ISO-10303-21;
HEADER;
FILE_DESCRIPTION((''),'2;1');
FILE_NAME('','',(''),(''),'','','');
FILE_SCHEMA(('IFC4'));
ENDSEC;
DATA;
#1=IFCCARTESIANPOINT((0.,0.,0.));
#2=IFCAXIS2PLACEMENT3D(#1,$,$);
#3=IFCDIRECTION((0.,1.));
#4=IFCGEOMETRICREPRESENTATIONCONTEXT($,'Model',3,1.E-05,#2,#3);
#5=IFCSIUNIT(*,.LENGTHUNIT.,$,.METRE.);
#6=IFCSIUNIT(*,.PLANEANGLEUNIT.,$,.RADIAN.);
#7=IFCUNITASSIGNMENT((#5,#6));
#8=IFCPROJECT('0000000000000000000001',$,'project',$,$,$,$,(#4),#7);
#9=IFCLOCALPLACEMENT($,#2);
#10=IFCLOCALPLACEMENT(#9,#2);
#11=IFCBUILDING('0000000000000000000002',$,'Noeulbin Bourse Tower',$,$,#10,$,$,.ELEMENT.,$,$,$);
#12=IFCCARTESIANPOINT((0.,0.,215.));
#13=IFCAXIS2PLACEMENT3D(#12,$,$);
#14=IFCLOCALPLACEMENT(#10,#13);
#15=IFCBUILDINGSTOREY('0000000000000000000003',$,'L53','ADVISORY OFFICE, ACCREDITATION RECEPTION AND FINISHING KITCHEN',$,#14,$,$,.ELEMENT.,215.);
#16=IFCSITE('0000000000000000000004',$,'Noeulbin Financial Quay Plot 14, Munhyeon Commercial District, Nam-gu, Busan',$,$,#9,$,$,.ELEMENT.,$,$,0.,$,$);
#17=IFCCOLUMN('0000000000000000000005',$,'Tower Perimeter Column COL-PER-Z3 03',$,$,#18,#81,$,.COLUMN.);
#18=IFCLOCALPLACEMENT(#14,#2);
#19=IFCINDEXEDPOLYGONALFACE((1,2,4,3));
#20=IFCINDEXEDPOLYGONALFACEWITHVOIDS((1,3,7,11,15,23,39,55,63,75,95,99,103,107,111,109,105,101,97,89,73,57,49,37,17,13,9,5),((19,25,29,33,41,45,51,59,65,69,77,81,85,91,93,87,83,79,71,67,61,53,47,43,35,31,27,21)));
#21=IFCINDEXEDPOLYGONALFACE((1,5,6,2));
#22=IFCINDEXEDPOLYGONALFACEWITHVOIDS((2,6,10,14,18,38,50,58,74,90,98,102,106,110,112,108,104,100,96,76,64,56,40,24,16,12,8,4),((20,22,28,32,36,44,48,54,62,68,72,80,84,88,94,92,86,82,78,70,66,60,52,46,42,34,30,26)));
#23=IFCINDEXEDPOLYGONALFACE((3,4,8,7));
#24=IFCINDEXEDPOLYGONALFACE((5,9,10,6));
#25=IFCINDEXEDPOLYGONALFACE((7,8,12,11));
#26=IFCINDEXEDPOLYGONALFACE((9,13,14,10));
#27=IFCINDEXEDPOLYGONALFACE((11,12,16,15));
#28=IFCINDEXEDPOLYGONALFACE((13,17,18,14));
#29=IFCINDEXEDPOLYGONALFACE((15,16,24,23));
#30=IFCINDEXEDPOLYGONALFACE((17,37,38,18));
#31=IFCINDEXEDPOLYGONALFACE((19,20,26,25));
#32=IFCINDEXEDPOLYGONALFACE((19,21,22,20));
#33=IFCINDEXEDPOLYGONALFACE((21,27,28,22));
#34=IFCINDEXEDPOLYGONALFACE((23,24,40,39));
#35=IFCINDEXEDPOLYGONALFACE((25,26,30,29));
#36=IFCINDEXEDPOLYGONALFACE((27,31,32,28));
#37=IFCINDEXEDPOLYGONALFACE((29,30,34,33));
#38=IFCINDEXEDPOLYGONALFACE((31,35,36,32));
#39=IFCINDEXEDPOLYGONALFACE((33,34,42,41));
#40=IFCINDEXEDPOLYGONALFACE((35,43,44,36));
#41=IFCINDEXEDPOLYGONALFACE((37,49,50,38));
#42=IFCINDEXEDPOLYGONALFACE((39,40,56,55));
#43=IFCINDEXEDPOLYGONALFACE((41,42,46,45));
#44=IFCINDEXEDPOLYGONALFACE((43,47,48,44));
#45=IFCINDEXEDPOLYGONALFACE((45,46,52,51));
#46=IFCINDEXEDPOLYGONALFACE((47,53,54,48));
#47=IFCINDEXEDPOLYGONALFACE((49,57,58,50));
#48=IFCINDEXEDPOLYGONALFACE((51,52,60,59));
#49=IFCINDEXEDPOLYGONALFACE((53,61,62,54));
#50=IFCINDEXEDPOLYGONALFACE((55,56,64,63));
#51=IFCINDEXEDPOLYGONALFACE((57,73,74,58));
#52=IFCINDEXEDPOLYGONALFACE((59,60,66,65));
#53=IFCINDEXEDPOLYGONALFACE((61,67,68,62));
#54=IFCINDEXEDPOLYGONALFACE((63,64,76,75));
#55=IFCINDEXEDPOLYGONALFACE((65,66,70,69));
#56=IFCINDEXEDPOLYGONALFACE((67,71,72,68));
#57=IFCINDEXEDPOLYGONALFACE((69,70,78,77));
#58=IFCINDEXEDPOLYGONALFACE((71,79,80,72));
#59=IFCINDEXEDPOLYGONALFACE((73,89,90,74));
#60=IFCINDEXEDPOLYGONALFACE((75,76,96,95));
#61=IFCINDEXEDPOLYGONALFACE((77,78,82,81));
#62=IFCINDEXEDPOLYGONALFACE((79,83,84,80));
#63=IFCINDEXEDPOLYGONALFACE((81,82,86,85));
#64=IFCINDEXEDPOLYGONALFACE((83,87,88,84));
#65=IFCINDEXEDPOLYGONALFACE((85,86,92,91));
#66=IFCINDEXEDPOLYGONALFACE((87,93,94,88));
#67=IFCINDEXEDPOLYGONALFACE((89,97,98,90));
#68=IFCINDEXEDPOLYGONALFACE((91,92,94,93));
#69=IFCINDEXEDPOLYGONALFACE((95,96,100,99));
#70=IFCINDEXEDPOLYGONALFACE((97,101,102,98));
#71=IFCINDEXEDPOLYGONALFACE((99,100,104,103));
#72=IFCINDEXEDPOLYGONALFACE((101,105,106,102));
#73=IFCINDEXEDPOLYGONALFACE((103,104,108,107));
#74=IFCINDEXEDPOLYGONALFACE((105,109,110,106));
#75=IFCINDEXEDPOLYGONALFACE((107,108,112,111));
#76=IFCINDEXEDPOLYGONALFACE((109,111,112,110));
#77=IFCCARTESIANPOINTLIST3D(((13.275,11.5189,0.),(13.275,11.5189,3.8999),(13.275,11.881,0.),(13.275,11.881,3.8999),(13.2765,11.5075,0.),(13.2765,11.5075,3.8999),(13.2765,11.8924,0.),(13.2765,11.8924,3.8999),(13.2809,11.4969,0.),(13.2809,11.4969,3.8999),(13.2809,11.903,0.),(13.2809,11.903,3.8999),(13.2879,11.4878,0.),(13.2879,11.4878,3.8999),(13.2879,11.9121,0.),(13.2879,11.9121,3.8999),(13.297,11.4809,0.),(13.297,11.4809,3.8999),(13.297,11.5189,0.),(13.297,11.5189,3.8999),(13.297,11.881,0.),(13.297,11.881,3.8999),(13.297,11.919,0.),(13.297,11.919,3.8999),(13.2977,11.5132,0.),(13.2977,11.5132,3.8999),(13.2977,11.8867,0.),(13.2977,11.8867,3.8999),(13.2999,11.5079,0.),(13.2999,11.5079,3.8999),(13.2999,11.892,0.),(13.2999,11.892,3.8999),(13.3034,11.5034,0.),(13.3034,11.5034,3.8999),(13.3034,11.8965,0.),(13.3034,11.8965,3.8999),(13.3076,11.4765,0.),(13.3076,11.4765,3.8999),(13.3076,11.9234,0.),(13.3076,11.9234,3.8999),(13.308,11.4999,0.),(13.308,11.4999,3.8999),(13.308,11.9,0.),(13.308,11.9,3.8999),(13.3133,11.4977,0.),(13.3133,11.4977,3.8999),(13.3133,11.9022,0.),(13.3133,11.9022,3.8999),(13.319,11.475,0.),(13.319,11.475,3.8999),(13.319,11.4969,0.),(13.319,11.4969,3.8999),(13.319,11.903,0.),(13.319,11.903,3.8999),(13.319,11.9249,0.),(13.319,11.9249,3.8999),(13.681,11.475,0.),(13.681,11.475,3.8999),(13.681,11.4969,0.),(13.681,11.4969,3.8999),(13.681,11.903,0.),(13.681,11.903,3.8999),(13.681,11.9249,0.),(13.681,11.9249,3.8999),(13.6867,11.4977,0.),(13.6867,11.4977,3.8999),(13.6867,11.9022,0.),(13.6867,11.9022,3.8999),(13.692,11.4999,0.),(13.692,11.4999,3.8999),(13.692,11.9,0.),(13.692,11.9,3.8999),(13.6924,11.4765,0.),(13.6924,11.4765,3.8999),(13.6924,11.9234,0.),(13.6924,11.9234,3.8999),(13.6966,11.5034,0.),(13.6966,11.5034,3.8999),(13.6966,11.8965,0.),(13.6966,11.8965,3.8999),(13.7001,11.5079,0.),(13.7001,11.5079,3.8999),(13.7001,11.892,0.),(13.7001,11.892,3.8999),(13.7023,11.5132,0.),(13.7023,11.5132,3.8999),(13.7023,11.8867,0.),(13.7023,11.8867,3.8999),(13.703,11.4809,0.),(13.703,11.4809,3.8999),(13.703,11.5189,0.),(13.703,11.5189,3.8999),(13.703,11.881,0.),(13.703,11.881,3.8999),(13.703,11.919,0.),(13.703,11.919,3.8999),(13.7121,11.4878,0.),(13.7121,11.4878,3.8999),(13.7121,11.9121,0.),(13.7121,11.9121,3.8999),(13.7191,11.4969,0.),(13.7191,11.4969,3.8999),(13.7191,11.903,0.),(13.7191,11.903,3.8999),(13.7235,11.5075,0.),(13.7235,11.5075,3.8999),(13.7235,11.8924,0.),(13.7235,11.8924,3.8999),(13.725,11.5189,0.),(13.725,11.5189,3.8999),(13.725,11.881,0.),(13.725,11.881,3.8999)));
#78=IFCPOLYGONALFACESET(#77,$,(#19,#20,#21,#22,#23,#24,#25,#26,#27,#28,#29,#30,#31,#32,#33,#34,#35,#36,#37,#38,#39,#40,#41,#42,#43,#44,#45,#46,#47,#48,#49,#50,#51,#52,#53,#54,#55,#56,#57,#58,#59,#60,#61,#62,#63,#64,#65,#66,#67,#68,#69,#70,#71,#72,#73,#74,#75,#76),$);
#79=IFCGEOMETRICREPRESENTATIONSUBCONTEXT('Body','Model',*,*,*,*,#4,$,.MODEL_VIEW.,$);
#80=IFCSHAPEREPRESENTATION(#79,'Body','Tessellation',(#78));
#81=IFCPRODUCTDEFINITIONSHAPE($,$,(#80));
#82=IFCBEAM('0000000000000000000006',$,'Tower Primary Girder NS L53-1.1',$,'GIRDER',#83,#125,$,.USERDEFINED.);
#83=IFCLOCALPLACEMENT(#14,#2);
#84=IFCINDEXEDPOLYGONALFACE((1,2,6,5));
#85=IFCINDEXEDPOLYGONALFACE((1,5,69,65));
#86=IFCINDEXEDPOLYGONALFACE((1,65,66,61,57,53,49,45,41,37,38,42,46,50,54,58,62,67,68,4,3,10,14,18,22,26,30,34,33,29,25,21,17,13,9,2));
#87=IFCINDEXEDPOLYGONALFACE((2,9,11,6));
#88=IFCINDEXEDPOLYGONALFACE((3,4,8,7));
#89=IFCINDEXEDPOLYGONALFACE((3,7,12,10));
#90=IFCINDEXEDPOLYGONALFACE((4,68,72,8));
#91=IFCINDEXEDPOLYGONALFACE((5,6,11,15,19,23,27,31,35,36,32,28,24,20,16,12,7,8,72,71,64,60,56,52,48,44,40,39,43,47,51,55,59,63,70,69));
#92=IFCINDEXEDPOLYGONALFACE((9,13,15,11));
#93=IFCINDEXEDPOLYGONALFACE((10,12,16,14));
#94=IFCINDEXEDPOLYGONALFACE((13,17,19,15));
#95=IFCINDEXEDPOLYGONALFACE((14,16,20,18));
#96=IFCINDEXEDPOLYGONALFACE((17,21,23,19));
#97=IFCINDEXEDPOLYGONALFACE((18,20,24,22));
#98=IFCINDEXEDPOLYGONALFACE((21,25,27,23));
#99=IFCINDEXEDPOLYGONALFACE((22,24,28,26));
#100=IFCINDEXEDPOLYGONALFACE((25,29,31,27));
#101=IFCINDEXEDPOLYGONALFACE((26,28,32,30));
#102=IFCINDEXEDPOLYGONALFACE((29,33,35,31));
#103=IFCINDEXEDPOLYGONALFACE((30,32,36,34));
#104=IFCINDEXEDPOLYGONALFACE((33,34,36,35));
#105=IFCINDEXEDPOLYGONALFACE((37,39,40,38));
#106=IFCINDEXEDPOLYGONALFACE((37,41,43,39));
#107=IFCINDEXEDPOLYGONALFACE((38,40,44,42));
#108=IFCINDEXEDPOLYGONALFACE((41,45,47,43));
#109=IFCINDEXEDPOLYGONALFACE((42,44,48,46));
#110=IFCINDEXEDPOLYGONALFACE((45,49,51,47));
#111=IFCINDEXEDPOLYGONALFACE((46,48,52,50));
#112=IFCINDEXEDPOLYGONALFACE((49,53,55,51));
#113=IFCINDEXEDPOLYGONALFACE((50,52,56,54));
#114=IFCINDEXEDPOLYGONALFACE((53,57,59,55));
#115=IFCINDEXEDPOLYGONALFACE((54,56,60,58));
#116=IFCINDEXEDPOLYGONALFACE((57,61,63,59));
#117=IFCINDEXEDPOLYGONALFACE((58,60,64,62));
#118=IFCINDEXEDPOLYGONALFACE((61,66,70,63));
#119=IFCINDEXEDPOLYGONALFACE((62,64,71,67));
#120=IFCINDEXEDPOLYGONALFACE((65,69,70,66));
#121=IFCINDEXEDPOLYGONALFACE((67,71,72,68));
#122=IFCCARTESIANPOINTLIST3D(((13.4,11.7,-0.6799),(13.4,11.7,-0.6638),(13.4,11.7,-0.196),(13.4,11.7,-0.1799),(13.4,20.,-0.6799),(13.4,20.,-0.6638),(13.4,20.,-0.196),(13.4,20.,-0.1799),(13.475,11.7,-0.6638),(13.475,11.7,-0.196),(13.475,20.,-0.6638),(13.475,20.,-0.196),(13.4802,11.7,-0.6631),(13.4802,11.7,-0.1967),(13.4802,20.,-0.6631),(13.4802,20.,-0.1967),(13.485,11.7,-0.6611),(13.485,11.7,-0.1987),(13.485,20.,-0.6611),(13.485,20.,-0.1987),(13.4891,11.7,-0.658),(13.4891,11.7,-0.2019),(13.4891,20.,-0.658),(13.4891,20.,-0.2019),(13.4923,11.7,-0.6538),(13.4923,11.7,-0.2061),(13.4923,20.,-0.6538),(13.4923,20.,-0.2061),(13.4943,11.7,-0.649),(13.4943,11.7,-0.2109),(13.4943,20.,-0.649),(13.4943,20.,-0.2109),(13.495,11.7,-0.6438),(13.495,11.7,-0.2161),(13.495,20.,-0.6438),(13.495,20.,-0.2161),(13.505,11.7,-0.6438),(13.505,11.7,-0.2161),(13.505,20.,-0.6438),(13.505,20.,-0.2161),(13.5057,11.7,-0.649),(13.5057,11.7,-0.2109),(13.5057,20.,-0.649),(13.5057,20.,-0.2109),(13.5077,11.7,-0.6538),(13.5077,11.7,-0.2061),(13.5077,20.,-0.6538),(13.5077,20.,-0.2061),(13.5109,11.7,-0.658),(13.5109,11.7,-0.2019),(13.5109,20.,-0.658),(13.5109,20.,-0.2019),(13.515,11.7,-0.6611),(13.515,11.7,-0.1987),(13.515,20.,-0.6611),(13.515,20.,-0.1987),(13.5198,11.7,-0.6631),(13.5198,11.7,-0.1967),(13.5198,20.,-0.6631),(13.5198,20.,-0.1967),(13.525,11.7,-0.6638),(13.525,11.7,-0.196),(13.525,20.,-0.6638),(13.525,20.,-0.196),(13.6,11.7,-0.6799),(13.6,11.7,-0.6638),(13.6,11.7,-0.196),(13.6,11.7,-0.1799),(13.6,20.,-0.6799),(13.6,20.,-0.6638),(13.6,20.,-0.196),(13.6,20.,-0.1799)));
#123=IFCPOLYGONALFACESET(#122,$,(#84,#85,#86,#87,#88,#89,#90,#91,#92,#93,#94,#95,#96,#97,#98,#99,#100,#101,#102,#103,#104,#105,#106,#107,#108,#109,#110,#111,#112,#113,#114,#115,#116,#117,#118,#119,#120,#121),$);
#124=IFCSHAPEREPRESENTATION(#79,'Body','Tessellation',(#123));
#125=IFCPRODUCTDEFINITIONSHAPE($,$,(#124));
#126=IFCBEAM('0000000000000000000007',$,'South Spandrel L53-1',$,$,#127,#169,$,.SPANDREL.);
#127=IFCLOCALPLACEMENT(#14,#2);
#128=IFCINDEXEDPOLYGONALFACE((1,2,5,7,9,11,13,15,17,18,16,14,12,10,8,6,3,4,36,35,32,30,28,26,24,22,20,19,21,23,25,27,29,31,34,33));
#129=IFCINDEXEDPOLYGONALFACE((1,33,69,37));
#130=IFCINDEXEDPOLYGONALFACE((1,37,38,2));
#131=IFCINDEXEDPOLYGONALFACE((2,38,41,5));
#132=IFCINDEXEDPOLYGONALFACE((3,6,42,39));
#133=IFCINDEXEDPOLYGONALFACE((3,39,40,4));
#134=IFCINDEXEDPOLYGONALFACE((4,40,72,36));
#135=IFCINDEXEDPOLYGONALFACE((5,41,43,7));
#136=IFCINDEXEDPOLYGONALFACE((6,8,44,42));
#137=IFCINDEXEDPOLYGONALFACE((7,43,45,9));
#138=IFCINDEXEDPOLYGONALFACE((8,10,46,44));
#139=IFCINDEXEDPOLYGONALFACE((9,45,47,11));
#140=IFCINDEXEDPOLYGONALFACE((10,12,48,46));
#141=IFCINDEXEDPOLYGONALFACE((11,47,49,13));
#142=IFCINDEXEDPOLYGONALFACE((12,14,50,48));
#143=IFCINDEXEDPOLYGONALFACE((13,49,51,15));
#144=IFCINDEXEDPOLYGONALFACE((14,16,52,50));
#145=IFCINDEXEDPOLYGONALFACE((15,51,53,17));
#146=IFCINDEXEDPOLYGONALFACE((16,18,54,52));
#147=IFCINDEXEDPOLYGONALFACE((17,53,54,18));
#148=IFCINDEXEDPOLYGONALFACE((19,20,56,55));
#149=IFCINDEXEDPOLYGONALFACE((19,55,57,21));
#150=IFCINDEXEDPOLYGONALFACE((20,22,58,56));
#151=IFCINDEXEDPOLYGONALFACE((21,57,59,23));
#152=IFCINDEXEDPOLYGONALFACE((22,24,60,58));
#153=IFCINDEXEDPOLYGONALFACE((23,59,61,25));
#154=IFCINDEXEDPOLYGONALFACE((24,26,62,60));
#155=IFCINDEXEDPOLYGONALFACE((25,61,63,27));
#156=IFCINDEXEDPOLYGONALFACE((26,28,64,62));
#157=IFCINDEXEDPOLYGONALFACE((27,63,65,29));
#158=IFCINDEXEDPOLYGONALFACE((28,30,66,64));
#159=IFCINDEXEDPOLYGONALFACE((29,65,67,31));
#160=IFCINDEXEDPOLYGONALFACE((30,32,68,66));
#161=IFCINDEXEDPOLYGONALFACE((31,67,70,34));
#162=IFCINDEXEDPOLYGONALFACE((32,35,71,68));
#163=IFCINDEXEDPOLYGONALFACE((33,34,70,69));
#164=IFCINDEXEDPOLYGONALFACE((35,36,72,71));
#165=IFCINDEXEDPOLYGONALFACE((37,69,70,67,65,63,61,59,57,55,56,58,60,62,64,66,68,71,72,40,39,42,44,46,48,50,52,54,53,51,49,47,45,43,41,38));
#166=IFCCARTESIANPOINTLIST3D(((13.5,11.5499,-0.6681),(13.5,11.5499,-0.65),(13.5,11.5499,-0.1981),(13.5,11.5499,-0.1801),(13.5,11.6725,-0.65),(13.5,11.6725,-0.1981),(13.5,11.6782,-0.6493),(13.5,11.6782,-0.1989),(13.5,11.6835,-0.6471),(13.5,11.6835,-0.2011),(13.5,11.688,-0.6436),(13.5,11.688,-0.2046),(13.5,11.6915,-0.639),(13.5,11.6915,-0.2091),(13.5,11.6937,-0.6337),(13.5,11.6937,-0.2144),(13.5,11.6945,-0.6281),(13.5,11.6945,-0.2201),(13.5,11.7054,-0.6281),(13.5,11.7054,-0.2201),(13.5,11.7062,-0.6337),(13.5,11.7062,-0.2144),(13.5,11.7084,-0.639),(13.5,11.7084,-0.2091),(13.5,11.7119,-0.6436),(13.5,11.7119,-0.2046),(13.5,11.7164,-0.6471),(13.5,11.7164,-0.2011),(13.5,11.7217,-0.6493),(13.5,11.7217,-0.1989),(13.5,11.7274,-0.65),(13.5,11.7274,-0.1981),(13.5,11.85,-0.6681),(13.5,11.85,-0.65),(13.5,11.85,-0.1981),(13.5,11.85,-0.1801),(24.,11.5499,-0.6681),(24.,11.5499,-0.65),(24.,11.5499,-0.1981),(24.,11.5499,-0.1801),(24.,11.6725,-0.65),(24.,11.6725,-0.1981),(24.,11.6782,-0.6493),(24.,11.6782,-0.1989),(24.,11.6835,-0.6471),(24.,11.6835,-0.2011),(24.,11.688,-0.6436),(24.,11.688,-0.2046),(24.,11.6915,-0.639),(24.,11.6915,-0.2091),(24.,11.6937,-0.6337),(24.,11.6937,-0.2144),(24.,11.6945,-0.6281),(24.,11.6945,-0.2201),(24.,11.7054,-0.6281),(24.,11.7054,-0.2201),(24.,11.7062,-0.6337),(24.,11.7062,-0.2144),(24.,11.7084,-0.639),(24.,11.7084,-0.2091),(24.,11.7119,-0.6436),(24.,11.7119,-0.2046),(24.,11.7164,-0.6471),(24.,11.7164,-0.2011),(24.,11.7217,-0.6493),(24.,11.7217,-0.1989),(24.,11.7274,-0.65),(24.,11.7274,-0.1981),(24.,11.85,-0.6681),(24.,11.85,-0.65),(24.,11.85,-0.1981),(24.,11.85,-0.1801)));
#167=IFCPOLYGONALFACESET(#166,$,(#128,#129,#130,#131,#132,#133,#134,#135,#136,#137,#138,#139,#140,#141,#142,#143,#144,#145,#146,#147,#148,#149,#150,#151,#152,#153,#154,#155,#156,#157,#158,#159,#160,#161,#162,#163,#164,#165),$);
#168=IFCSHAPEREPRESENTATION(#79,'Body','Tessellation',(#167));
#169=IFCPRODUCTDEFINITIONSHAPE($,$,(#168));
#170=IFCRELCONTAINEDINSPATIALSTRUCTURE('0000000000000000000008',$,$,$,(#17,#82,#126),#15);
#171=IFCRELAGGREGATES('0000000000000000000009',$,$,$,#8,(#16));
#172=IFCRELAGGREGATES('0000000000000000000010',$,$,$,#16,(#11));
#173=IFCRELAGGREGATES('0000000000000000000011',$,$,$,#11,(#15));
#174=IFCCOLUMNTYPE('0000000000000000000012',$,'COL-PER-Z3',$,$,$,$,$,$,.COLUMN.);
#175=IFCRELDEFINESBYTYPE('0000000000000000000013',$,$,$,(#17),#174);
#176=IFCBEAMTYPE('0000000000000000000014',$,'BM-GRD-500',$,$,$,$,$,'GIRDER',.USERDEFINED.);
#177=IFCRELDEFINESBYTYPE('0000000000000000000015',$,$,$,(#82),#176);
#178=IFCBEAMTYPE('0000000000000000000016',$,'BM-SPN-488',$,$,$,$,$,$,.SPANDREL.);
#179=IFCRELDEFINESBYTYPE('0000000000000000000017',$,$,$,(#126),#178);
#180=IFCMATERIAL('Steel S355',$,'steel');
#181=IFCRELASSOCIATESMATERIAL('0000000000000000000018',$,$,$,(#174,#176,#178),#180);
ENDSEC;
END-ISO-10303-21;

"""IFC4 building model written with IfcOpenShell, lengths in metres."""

from ifc_helpers import new_model, si_unit, direction, frame, origin, origin_2d, place, context, subcontext, project, spatial, hollow_rectangle, i_section, extrude, material, material_profile, profile_set, type_object, element, save


model = new_model("IFC4")

# Units and contexts
model_context = context("Model", 3, precision=1e-05, world=origin(), true_north=direction((0.0, 1.0)))
body_context = subcontext(model_context, "Body", "Model", "MODEL_VIEW")
ifc_project = project(units=[si_unit("LENGTHUNIT", "METRE"), si_unit("PLANEANGLEUNIT", "RADIAN")], contexts=[model_context])

# Site, building, storey
site_placement = place(None, origin())
site = spatial("IfcSite", under=ifc_project, at=site_placement, Name="Noeulbin Financial Quay Plot 14, Munhyeon Commercial District, Nam-gu, Busan", CompositionType="ELEMENT", RefElevation=0.0)
building_placement = place(site_placement, origin())
building = spatial("IfcBuilding", under=site, at=building_placement, Name="Noeulbin Bourse Tower", CompositionType="ELEMENT")
storey_placement = place(building_placement, frame((0.0, 0.0, 215.0)))
storey = spatial("IfcBuildingStorey", under=building, at=storey_placement, Name="L53", Description="ADVISORY OFFICE, ACCREDITATION RECEPTION AND FINISHING KITCHEN", CompositionType="ELEMENT", Elevation=215.0)

# Column
ifc_material_1 = material(Name="Steel S355", Category="steel")
ifc_material_profile_1 = material_profile(ifc_material_1, hollow_rectangle(XDim=0.45, YDim=0.45, WallThickness=0.022, InnerFilletRadius=0.022, OuterFilletRadius=0.0439, at=origin_2d()), Name="SHS-450x450x22", Category="LoadBearing")
ifc_profile_set_1 = profile_set([ifc_material_profile_1], Name="Steel S355")
column_type = type_object("IfcColumnType", Name="COL-PER-Z3", PredefinedType="COLUMN", material=ifc_profile_set_1)
column_placement = place(storey_placement, frame((13.5, 11.7, 0.0), z_axis=(0.0, 0.0, 1.0), x_axis=(1.0, 0.0, 0.0)))
element("IfcColumn", 1, at=column_placement, inside=storey, type_object=column_type, Name="Tower Perimeter Column COL-PER-Z3 03", PredefinedType="COLUMN", context=body_context, shape_type="SweptSolid", body=[
    extrude(hollow_rectangle(XDim=0.45, YDim=0.45, WallThickness=0.022, InnerFilletRadius=0.022, OuterFilletRadius=0.0439, at=origin_2d()), origin(), (0.0, 0.0, 1.0), 3.8999),
])

# Beams
ifc_material_profile_2 = material_profile(ifc_material_1, i_section(OverallWidth=0.2, OverallDepth=0.5, WebThickness=0.01, FlangeThickness=0.0161, FilletRadius=0.02, at=origin_2d()), Name="H-500x200x10x16", Category="LoadBearing")
ifc_profile_set_2 = profile_set([ifc_material_profile_2], Name="Steel S355")
beam_type_1 = type_object("IfcBeamType", Name="BM-GRD-500", ElementType="GIRDER", PredefinedType="USERDEFINED", material=ifc_profile_set_2)
beam_1_placement = place(storey_placement, frame((13.5, 11.7, -0.4299), z_axis=(0.0, 1.0, 0.0), x_axis=(-1.0, 0.0, 0.0)))
element("IfcBeam", 2, at=beam_1_placement, inside=storey, type_object=beam_type_1, Name="Tower Primary Girder NS L53-1.1", ObjectType="GIRDER", PredefinedType="USERDEFINED", context=body_context, shape_type="SweptSolid", body=[
    extrude(i_section(OverallWidth=0.2, OverallDepth=0.5, WebThickness=0.01, FlangeThickness=0.0161, FilletRadius=0.02, at=origin_2d()), origin(), (0.0, 0.0, 1.0), 8.3),
])
ifc_material_profile_3 = material_profile(ifc_material_1, i_section(OverallWidth=0.3, OverallDepth=0.488, WebThickness=0.011, FlangeThickness=0.0181, FilletRadius=0.022, at=origin_2d()), Name="H-488x300x11x18", Category="LoadBearing")
ifc_profile_set_3 = profile_set([ifc_material_profile_3], Name="Steel S355")
beam_type_2 = type_object("IfcBeamType", Name="BM-SPN-488", PredefinedType="SPANDREL", material=ifc_profile_set_3)
beam_2_placement = place(storey_placement, frame((13.5, 11.7, -0.4241), z_axis=(1.0, 0.0, 0.0), x_axis=(0.0, 1.0, 0.0)))
element("IfcBeam", 3, at=beam_2_placement, inside=storey, type_object=beam_type_2, Name="South Spandrel L53-1", PredefinedType="SPANDREL", context=body_context, shape_type="SweptSolid", body=[
    extrude(i_section(OverallWidth=0.3, OverallDepth=0.488, WebThickness=0.011, FlangeThickness=0.0181, FilletRadius=0.022, at=origin_2d()), origin(), (0.0, 0.0, 1.0), 10.5),
])

save(model, "model.ifc")
